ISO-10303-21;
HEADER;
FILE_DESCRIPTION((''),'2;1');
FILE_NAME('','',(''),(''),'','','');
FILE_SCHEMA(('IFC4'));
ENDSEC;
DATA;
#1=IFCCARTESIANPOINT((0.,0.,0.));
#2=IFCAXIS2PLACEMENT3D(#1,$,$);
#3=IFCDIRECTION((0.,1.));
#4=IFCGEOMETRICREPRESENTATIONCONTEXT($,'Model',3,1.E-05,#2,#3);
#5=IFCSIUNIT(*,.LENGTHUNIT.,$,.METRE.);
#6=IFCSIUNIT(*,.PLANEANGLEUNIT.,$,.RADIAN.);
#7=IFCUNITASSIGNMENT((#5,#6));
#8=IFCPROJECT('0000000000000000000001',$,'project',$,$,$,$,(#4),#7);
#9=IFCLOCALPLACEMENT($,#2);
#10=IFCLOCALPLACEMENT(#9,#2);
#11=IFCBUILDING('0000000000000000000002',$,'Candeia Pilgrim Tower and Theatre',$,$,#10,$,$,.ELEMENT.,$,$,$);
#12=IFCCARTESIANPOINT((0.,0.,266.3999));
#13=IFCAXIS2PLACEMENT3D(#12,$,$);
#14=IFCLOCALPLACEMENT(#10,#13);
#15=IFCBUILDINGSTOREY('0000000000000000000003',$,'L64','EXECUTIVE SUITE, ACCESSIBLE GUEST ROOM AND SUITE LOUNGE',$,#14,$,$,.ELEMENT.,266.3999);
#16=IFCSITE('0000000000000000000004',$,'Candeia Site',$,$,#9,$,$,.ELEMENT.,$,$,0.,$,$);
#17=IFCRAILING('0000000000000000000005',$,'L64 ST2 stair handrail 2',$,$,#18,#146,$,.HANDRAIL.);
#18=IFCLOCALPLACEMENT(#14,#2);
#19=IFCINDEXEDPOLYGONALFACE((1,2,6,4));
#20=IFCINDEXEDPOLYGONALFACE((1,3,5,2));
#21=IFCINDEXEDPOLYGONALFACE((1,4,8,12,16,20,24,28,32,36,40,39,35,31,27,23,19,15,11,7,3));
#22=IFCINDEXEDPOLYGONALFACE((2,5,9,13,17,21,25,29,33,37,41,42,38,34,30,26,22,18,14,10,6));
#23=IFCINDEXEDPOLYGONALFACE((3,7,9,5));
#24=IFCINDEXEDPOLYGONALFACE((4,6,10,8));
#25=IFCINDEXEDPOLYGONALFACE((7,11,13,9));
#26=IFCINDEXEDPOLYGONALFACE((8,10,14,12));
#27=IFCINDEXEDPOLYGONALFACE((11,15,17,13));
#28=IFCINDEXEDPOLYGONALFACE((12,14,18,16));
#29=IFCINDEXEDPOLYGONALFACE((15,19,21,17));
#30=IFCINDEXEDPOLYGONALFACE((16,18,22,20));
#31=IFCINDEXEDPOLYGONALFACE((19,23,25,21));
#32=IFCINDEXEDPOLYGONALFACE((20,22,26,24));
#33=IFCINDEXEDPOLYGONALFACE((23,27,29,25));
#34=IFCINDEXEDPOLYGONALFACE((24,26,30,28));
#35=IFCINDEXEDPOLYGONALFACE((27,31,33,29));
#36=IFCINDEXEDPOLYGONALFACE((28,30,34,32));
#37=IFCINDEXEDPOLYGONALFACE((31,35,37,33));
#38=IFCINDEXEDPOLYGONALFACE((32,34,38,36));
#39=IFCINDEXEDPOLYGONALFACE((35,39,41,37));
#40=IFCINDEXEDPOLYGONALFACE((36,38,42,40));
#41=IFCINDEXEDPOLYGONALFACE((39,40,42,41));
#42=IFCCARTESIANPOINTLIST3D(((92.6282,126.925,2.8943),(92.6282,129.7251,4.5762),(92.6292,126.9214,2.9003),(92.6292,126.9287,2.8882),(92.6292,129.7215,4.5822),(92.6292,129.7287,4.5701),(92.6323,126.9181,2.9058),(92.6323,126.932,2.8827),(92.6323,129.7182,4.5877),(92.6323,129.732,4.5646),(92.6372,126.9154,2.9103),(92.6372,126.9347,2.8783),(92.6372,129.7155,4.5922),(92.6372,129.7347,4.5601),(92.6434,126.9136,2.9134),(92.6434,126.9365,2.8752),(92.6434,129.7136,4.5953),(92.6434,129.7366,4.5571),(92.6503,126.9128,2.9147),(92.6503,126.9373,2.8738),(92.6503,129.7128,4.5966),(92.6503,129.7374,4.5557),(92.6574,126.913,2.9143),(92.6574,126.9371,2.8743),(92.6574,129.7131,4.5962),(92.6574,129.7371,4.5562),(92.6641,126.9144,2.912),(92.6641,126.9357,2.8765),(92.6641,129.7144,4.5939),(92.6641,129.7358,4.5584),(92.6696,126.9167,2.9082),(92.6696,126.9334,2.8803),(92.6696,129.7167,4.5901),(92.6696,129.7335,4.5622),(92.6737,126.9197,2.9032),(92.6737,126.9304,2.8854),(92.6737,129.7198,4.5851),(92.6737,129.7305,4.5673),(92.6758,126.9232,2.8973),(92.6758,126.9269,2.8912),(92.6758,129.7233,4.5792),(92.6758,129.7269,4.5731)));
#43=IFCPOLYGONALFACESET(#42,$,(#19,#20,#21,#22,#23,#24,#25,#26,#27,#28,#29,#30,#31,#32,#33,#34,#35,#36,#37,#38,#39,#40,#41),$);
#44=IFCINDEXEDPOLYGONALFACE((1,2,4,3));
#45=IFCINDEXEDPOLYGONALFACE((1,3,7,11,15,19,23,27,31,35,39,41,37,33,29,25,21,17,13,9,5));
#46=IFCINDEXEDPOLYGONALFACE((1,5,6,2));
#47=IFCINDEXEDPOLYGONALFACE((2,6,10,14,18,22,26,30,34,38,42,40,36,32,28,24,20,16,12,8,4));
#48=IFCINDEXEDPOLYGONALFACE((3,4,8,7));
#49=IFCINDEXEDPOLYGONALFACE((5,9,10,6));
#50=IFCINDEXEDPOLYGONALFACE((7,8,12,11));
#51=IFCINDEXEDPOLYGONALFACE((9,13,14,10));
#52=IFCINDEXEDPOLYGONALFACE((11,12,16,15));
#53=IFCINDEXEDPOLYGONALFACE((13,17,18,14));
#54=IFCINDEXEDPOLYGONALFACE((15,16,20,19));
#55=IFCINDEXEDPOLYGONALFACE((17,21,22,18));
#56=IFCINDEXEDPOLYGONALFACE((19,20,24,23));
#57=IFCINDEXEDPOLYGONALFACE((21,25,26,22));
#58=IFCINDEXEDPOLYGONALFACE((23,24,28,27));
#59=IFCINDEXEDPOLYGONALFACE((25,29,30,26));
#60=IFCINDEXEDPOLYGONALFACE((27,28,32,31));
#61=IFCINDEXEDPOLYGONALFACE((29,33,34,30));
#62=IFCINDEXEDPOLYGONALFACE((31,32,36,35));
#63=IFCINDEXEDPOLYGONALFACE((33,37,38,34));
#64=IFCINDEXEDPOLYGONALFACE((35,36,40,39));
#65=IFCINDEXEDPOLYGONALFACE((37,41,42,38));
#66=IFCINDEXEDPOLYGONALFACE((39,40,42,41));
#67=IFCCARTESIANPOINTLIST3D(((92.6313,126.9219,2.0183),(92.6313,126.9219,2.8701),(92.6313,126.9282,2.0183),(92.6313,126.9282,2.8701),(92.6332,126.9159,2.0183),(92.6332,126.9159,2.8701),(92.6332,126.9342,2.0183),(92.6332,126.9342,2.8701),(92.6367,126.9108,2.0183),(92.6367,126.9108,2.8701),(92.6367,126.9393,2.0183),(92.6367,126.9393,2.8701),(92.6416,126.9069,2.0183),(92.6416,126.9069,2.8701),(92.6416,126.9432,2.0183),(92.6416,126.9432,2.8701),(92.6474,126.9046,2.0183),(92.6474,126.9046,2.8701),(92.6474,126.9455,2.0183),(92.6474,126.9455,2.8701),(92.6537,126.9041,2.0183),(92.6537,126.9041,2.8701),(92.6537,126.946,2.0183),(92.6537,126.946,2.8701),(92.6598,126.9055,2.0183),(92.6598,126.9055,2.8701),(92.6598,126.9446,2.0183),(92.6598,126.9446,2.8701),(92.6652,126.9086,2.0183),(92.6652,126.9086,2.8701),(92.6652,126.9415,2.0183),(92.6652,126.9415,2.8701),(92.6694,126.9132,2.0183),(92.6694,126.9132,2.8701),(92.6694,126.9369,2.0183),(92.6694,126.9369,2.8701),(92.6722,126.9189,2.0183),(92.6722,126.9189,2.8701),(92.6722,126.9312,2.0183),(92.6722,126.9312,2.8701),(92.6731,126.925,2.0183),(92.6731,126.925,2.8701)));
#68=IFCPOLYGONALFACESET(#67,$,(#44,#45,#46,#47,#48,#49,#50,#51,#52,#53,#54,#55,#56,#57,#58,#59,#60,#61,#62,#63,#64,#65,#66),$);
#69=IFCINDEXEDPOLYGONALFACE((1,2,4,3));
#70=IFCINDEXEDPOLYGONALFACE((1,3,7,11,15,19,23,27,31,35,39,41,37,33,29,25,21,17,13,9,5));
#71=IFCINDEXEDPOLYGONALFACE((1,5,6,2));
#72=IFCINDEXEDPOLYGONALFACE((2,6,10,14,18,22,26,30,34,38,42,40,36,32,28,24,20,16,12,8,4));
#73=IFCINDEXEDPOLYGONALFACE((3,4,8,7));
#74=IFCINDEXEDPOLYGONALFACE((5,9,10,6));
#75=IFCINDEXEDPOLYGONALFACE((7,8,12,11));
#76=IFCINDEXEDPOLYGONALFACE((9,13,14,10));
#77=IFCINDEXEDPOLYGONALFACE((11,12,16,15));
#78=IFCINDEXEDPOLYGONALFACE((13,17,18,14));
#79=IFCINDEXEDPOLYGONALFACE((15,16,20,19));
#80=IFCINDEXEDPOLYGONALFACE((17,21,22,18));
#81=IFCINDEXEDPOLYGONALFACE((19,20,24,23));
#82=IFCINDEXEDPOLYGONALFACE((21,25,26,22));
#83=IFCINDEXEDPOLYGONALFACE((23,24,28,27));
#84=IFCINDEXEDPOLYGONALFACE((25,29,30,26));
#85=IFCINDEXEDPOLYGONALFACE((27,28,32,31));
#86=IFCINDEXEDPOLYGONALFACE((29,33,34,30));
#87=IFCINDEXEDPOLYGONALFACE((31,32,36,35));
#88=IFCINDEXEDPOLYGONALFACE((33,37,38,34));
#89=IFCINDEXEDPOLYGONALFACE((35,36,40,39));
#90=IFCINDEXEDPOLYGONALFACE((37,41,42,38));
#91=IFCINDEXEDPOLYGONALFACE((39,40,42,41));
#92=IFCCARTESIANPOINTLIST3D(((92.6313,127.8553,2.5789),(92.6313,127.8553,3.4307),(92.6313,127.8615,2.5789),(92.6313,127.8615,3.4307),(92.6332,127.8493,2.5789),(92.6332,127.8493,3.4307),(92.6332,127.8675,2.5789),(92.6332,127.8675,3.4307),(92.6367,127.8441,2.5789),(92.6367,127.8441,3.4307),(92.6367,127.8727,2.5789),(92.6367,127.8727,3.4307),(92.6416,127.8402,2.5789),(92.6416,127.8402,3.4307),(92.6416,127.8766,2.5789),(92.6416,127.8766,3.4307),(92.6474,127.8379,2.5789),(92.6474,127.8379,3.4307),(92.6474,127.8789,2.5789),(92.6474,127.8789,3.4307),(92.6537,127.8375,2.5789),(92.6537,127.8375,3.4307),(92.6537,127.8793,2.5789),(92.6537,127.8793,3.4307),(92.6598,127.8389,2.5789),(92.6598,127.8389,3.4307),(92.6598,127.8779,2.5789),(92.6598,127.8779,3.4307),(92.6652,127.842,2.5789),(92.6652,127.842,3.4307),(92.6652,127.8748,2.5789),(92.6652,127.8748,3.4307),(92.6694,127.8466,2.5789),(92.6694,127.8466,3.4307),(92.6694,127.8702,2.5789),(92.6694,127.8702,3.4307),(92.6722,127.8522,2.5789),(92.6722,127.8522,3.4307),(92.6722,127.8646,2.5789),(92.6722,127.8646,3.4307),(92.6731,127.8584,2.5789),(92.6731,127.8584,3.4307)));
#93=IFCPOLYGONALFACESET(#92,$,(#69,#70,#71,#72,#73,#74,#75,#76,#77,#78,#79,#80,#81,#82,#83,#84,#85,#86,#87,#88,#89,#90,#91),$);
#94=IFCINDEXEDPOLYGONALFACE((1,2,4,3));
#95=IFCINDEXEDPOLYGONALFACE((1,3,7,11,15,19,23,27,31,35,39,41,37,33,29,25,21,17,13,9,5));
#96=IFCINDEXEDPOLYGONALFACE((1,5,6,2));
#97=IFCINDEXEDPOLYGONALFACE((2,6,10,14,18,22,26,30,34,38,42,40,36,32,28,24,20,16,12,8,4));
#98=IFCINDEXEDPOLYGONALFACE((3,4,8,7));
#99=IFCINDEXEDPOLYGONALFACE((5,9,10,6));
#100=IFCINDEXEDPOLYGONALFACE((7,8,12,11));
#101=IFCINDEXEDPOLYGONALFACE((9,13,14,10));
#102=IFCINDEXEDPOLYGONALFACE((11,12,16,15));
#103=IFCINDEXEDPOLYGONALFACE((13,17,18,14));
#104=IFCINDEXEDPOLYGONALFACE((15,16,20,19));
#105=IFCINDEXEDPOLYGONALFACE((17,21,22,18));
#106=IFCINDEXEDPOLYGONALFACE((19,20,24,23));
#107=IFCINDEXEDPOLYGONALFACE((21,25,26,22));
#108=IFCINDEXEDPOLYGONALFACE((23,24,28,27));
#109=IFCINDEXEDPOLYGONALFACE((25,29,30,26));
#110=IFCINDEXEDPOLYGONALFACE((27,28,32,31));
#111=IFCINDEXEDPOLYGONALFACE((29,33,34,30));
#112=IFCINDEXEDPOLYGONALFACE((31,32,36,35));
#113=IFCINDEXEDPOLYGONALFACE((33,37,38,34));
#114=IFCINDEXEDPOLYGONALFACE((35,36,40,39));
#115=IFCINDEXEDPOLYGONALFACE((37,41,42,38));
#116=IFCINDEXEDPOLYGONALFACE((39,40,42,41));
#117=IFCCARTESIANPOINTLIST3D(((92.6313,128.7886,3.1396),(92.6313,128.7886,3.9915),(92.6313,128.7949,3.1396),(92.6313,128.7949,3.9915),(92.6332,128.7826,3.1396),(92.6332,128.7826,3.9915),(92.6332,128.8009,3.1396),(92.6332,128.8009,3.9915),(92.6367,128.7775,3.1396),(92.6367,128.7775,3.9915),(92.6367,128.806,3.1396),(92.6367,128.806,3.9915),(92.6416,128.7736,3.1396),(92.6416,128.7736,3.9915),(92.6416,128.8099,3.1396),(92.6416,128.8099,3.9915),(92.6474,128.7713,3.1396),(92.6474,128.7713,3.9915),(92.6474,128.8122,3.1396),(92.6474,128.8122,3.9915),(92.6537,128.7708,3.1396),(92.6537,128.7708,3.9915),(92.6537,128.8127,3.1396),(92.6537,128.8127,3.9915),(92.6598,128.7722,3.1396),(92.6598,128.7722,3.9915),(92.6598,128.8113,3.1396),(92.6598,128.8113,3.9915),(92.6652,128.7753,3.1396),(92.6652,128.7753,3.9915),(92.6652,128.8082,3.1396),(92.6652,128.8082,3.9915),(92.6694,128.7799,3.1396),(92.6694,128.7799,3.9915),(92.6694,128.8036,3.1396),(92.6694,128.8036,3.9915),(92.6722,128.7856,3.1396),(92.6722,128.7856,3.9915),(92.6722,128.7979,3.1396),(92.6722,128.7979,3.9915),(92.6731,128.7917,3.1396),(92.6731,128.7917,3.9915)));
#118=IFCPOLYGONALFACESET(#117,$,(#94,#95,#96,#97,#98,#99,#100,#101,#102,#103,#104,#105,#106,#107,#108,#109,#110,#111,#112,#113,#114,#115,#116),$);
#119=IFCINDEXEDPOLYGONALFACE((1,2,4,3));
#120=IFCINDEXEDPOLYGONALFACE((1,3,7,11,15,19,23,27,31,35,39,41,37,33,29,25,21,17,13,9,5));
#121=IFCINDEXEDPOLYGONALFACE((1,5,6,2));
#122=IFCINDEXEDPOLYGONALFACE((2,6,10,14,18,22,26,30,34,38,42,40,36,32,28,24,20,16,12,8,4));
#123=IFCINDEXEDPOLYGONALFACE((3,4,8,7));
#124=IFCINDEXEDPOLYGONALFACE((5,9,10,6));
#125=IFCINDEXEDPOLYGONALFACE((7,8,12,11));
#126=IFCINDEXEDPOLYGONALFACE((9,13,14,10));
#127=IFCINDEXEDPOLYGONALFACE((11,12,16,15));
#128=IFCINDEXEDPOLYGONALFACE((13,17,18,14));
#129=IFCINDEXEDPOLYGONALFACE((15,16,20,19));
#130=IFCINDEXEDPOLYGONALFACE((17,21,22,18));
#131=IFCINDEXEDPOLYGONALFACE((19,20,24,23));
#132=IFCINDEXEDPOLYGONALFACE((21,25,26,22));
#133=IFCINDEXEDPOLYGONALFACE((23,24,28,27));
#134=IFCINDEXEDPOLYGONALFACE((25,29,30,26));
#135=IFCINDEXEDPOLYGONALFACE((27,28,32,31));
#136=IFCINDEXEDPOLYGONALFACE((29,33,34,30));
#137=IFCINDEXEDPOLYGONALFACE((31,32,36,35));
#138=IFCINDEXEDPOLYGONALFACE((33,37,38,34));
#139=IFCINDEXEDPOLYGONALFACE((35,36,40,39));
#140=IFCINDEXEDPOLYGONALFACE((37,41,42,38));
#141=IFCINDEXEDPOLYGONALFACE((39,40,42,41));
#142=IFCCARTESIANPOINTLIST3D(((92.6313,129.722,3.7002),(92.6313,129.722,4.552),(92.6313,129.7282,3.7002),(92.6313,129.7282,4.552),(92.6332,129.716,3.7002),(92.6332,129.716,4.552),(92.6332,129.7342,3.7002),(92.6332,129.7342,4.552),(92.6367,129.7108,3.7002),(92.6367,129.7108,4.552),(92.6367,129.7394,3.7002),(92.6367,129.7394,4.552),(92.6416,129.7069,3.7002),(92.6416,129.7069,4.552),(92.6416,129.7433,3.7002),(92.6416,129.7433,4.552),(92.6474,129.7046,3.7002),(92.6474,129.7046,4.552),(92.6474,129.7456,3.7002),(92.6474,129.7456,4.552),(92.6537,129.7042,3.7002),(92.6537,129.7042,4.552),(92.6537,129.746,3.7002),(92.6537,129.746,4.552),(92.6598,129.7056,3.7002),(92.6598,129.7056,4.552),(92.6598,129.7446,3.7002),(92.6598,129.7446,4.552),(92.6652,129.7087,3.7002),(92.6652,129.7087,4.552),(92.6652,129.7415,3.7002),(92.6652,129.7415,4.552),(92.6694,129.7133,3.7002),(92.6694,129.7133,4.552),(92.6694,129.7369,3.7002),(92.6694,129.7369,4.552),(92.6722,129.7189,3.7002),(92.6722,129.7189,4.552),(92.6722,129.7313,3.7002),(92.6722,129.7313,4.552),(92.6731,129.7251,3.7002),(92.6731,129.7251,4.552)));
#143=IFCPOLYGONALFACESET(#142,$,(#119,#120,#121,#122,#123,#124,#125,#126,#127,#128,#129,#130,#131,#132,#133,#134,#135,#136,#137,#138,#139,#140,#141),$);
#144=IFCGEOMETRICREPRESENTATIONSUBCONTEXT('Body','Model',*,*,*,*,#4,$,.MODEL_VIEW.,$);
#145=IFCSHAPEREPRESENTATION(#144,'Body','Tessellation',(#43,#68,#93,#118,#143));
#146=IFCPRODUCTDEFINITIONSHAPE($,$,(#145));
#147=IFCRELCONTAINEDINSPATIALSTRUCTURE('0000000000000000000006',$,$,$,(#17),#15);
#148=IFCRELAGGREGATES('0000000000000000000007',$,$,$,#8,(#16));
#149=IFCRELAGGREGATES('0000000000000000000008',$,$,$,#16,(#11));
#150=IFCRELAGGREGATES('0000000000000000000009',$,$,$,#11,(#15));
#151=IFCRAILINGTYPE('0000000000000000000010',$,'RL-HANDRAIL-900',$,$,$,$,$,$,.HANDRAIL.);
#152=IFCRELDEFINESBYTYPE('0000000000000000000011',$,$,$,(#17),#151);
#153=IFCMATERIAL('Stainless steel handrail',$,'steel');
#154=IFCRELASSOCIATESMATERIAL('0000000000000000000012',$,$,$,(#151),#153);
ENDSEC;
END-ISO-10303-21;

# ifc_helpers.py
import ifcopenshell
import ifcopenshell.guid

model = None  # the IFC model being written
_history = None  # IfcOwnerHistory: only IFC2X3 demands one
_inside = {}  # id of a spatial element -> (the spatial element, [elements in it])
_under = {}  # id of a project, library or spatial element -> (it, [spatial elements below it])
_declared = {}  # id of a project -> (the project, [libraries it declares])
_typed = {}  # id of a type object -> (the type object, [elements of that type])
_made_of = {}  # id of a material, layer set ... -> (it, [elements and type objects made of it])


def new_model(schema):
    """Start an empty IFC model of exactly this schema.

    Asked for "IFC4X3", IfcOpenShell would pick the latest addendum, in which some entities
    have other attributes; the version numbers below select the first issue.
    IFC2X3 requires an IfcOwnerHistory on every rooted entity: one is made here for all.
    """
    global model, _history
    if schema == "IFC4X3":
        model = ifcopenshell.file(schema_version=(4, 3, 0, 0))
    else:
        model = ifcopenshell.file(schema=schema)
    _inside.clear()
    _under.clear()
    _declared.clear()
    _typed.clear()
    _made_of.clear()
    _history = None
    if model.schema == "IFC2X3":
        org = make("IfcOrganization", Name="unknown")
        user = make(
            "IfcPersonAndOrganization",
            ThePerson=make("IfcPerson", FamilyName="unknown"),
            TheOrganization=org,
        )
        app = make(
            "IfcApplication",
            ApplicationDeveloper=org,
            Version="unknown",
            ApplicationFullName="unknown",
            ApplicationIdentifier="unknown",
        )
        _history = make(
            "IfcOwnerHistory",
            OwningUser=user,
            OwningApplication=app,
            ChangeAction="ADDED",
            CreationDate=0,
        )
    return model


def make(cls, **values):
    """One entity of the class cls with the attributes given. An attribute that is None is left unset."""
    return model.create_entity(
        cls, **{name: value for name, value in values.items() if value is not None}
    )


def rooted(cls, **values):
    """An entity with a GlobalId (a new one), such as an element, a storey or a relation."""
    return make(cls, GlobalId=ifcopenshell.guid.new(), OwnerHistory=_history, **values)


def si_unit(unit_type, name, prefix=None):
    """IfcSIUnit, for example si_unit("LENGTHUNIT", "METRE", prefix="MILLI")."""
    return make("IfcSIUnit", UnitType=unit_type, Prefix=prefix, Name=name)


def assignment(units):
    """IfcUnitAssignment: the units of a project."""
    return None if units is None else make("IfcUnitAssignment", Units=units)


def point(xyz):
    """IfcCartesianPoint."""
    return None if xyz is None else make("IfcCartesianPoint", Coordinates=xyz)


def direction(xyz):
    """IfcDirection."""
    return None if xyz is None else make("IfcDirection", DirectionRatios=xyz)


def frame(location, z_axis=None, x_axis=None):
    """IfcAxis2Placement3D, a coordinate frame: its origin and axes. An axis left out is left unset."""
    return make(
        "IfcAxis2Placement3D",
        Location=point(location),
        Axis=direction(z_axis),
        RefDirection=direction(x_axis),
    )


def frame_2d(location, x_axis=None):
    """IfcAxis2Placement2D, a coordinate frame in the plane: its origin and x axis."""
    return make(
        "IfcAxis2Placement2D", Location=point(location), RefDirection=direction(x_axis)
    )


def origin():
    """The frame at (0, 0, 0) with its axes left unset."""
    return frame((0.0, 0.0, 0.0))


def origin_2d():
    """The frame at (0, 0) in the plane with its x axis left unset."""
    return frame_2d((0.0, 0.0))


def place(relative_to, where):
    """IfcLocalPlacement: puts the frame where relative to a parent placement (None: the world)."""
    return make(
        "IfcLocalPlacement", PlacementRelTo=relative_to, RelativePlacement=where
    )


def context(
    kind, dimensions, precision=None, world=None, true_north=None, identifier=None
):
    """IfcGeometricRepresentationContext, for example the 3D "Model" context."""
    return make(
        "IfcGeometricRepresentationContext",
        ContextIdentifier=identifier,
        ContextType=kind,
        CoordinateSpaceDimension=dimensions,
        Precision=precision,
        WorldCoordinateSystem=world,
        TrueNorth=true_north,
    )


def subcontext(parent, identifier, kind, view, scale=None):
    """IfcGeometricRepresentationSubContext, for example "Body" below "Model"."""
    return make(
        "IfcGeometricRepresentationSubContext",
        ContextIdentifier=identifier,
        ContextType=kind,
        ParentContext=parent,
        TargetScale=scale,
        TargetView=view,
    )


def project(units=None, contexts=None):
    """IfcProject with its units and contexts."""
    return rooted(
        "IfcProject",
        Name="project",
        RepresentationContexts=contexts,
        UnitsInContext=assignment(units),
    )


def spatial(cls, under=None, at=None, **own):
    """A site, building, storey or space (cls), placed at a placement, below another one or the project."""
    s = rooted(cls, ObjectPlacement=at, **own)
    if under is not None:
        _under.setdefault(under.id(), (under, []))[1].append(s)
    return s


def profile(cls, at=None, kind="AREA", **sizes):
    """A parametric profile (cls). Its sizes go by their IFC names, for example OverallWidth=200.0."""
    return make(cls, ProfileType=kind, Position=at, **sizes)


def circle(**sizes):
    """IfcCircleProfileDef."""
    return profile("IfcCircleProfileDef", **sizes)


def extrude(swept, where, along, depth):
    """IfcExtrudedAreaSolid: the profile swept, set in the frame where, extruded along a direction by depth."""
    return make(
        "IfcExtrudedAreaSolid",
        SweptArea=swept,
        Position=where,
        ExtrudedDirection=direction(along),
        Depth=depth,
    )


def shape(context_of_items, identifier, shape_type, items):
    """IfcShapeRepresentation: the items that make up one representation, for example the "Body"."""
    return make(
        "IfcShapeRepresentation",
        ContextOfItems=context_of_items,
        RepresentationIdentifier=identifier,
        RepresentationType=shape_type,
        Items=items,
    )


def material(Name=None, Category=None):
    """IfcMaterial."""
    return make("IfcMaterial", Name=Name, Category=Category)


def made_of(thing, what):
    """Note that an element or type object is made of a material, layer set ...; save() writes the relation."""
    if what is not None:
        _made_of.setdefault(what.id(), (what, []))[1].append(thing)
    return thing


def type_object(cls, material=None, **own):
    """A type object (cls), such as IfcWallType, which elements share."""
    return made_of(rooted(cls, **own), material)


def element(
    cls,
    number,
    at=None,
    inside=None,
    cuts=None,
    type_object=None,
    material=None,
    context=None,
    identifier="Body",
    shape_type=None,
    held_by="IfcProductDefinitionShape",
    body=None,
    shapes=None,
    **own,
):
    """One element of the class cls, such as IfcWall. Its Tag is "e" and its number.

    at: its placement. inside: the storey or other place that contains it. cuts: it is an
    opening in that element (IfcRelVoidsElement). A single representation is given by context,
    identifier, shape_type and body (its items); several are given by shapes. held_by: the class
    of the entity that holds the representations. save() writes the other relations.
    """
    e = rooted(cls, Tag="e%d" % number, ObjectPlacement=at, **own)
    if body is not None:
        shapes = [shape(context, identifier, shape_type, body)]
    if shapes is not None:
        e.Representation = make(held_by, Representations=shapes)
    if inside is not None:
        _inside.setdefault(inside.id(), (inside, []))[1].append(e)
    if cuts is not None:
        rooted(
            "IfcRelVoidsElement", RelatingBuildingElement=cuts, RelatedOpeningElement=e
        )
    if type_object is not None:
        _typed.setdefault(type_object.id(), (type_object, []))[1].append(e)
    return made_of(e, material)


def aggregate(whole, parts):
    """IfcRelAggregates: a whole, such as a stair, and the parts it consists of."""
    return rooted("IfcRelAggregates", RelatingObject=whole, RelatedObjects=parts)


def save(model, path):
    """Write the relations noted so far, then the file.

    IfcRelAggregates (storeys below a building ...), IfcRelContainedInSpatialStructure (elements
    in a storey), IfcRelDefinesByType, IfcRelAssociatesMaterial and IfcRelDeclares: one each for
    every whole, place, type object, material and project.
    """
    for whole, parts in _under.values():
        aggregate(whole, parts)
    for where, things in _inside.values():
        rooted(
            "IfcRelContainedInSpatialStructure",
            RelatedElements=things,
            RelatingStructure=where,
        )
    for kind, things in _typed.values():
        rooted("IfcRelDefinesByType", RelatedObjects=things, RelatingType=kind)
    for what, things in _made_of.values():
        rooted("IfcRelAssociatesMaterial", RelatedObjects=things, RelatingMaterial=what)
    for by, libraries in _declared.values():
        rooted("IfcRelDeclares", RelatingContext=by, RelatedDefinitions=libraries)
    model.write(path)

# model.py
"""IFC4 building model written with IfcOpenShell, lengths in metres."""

from ifc_helpers import new_model, si_unit, direction, frame, origin, origin_2d, place, context, subcontext, project, spatial, circle, extrude, material, type_object, element, save


model = new_model("IFC4")

# Units and contexts
model_context = context("Model", 3, precision=1e-05, world=origin(), true_north=direction((0.0, 1.0)))
body_context = subcontext(model_context, "Body", "Model", "MODEL_VIEW")
ifc_project = project(units=[si_unit("LENGTHUNIT", "METRE"), si_unit("PLANEANGLEUNIT", "RADIAN")], contexts=[model_context])

# Site, building, storey
site_placement = place(None, origin())
site = spatial("IfcSite", under=ifc_project, at=site_placement, Name="Candeia Site", CompositionType="ELEMENT", RefElevation=0.0)
building_placement = place(site_placement, origin())
building = spatial("IfcBuilding", under=site, at=building_placement, Name="Candeia Pilgrim Tower and Theatre", CompositionType="ELEMENT")
storey_placement = place(building_placement, frame((0.0, 0.0, 266.3999)))
storey = spatial("IfcBuildingStorey", under=building, at=storey_placement, Name="L64", Description="EXECUTIVE SUITE, ACCESSIBLE GUEST ROOM AND SUITE LOUNGE", CompositionType="ELEMENT", Elevation=266.3999)

# Railing
ifc_material_1 = material(Name="Stainless steel handrail", Category="steel")
railing_type_1 = type_object("IfcRailingType", Name="RL-HANDRAIL-900", PredefinedType="HANDRAIL", material=ifc_material_1)
railing_1_placement = place(storey_placement, frame((92.6521, 126.925, 2.0183)))
element("IfcRailing", 1, at=railing_1_placement, inside=storey, type_object=railing_type_1, Name="L64 ST2 stair handrail 2", PredefinedType="HANDRAIL", context=body_context, shape_type="SweptSolid", body=[
    extrude(circle(Radius=0.0239, at=origin_2d()), frame((0.0, 0.0, 0.876), z_axis=(0.0, 0.857242, 0.514913), x_axis=(-1.0, 0.0, 0.0)), (0.0, 0.0, 1.0), 3.2664),
    extrude(circle(Radius=0.021, at=origin_2d()), origin(), (0.0, 0.0, 1.0), 0.8518),
    extrude(circle(Radius=0.021, at=origin_2d()), frame((0.0, 0.9333, 0.5605)), (0.0, 0.0, 1.0), 0.8518),
    extrude(circle(Radius=0.021, at=origin_2d()), frame((0.0, 1.8667, 1.1213)), (0.0, 0.0, 1.0), 0.8518),
    extrude(circle(Radius=0.021, at=origin_2d()), frame((0.0, 2.8, 1.6819)), (0.0, 0.0, 1.0), 0.8518),
])

save(model, "model.ifc")
